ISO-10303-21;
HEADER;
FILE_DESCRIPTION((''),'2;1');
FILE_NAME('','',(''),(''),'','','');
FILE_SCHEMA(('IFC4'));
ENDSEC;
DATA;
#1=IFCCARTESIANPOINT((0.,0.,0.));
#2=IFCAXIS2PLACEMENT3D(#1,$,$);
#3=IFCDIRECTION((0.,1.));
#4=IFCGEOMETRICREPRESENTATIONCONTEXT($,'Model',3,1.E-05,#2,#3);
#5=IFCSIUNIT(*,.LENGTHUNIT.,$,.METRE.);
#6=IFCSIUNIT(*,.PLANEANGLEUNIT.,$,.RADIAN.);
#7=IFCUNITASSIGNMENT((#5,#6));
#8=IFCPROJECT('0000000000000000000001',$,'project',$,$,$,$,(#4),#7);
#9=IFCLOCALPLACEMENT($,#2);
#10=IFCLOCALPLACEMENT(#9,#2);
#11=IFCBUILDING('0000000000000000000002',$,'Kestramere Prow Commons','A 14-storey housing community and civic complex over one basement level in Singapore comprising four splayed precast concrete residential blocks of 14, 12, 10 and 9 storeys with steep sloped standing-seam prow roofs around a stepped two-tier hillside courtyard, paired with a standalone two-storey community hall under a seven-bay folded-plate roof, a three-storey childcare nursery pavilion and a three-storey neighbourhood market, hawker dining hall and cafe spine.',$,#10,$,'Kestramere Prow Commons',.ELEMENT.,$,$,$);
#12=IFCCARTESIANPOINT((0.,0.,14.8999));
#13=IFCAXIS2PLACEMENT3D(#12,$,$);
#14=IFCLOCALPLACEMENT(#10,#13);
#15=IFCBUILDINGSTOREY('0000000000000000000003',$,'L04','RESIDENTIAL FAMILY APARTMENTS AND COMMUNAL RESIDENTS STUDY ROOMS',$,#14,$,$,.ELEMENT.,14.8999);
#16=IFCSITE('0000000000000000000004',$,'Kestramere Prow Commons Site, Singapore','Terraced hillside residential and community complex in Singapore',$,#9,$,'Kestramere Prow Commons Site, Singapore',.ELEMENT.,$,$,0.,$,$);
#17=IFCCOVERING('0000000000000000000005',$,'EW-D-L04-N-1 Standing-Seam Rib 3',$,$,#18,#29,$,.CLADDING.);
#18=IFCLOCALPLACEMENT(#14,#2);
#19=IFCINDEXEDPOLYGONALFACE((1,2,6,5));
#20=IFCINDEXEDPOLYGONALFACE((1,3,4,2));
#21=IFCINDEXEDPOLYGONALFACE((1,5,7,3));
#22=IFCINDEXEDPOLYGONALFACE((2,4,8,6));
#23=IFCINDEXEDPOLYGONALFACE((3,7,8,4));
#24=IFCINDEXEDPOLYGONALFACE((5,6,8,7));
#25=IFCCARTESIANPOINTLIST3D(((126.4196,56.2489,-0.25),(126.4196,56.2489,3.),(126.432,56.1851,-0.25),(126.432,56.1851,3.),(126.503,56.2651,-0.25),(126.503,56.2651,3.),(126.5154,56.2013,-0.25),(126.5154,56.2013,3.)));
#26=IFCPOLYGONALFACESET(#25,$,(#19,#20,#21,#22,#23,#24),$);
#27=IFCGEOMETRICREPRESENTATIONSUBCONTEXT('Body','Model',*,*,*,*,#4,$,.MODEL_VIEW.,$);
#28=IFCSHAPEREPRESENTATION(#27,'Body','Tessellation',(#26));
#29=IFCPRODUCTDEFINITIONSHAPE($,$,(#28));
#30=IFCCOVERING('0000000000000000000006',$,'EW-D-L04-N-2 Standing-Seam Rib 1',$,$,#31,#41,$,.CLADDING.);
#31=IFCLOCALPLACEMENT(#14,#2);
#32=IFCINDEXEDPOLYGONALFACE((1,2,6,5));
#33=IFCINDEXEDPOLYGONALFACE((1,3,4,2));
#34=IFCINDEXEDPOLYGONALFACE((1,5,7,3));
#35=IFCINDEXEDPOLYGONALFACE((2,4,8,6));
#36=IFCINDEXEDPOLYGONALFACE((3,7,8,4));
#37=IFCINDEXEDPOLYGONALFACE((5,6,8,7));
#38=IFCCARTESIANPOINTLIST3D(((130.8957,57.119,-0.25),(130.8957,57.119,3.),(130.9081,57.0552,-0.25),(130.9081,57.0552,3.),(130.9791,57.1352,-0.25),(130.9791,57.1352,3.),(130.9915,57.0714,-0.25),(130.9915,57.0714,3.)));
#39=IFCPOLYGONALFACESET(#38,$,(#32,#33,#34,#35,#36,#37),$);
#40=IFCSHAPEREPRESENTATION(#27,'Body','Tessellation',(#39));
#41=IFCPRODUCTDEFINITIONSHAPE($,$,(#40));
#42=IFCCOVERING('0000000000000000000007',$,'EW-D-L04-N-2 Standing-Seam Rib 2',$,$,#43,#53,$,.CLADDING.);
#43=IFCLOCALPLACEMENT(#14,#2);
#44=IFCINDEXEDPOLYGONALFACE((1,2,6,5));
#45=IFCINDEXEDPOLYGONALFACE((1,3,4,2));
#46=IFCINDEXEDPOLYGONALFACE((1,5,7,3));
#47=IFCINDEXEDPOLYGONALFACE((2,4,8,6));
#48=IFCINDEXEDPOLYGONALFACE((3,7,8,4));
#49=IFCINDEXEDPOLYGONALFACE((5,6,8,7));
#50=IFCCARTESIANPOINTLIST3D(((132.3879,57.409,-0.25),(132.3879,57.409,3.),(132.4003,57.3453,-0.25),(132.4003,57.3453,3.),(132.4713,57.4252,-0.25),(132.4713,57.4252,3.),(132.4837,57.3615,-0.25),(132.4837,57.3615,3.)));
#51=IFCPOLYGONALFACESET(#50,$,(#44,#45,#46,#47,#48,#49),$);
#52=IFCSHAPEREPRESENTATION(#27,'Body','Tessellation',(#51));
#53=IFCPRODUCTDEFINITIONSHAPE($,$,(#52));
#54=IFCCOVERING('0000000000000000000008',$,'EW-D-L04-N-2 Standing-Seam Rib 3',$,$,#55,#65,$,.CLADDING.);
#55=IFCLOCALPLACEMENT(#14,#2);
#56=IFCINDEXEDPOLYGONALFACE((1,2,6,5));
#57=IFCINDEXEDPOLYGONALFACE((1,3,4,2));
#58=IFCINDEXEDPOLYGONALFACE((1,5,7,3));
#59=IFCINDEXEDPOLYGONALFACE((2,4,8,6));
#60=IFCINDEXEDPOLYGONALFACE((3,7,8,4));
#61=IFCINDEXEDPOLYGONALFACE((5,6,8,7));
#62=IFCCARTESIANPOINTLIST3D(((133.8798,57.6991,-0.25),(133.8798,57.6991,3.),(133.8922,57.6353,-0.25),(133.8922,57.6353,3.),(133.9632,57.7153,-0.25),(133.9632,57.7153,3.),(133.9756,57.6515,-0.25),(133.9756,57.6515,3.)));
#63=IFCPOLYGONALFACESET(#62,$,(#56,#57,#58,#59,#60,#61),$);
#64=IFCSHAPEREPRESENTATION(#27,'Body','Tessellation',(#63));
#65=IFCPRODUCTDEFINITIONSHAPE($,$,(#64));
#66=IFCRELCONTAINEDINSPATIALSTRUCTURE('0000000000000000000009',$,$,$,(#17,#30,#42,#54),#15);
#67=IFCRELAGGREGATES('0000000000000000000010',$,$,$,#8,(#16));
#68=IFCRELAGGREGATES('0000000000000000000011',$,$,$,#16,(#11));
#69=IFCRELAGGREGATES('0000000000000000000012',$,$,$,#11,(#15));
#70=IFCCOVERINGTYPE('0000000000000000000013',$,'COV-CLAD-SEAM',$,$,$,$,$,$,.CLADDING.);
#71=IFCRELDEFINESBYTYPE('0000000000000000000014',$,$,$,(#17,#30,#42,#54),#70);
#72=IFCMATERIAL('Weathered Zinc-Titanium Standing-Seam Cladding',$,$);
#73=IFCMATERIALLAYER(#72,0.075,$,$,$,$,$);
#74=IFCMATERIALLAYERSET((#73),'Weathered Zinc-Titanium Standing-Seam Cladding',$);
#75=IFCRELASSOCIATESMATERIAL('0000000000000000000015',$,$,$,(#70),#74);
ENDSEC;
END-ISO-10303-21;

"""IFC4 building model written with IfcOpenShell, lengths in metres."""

from ifc_helpers import new_model, si_unit, direction, frame, origin, origin_2d, place, context, subcontext, project, spatial, rectangle, extrude, material, layer, layer_set, type_object, element, save


model = new_model("IFC4")

# Units and contexts
model_context = context("Model", 3, precision=1e-05, world=origin(), true_north=direction((0.0, 1.0)))
body_context = subcontext(model_context, "Body", "Model", "MODEL_VIEW")
ifc_project = project(units=[si_unit("LENGTHUNIT", "METRE"), si_unit("PLANEANGLEUNIT", "RADIAN")], contexts=[model_context])

# Site, building, storey
site_placement = place(None, origin())
site = spatial("IfcSite", under=ifc_project, at=site_placement, Name="Kestramere Prow Commons Site, Singapore", Description="Terraced hillside residential and community complex in Singapore", LongName="Kestramere Prow Commons Site, Singapore", CompositionType="ELEMENT", RefElevation=0.0)
building_placement = place(site_placement, origin())
building = spatial("IfcBuilding", under=site, at=building_placement, Name="Kestramere Prow Commons", Description="A 14-storey housing community and civic complex over one basement level in Singapore comprising four splayed precast concrete residential blocks of 14, 12, 10 and 9 storeys with steep sloped standing-seam prow roofs around a stepped two-tier hillside courtyard, paired with a standalone two-storey community hall under a seven-bay folded-plate roof, a three-storey childcare nursery pavilion and a three-storey neighbourhood market, hawker dining hall and cafe spine.", LongName="Kestramere Prow Commons", CompositionType="ELEMENT")
storey_placement = place(building_placement, frame((0.0, 0.0, 14.8999)))
storey = spatial("IfcBuildingStorey", under=building, at=storey_placement, Name="L04", Description="RESIDENTIAL FAMILY APARTMENTS AND COMMUNAL RESIDENTS STUDY ROOMS", CompositionType="ELEMENT", Elevation=14.8999)

# Coverings
ifc_material_1 = material(Name="Weathered Zinc-Titanium Standing-Seam Cladding")
ifc_layer_1 = layer(ifc_material_1, 0.075)
ifc_layer_set_1 = layer_set([ifc_layer_1], Name="Weathered Zinc-Titanium Standing-Seam Cladding")
covering_type = type_object("IfcCoveringType", Name="COV-CLAD-SEAM", PredefinedType="CLADDING", material=ifc_layer_set_1)
for number, where, z_axis, x_axis, name in (
    (1, (126.4675, 56.2251, -0.25), (0.0, 0.0, 1.0), (0.981627, 0.190809, 0.0), "EW-D-L04-N-1 Standing-Seam Rib 3"),
    (2, (130.9436, 57.0952, -0.25), (0.0, 0.0, 1.0), (0.981627, 0.190809, 0.0), "EW-D-L04-N-2 Standing-Seam Rib 1"),
    (3, (132.4358, 57.3853, -0.25), (0.0, 0.0, 1.0), (0.981627, 0.190809, 0.0), "EW-D-L04-N-2 Standing-Seam Rib 2"),
    (4, (133.9277, 57.6753, -0.25), (0.0, 0.0, 1.0), (0.981627, 0.190809, 0.0), "EW-D-L04-N-2 Standing-Seam Rib 3"),
):
    element("IfcCovering", number, at=place(storey_placement, frame(where, z_axis=z_axis, x_axis=x_axis)), inside=storey, type_object=covering_type, Name=name, PredefinedType="CLADDING", context=body_context, shape_type="SweptSolid", body=[
        extrude(rectangle(XDim=0.085, YDim=0.0649, at=origin_2d()), origin(), (0.0, 0.0, 1.0), 3.25),
    ])

save(model, "model.ifc")
